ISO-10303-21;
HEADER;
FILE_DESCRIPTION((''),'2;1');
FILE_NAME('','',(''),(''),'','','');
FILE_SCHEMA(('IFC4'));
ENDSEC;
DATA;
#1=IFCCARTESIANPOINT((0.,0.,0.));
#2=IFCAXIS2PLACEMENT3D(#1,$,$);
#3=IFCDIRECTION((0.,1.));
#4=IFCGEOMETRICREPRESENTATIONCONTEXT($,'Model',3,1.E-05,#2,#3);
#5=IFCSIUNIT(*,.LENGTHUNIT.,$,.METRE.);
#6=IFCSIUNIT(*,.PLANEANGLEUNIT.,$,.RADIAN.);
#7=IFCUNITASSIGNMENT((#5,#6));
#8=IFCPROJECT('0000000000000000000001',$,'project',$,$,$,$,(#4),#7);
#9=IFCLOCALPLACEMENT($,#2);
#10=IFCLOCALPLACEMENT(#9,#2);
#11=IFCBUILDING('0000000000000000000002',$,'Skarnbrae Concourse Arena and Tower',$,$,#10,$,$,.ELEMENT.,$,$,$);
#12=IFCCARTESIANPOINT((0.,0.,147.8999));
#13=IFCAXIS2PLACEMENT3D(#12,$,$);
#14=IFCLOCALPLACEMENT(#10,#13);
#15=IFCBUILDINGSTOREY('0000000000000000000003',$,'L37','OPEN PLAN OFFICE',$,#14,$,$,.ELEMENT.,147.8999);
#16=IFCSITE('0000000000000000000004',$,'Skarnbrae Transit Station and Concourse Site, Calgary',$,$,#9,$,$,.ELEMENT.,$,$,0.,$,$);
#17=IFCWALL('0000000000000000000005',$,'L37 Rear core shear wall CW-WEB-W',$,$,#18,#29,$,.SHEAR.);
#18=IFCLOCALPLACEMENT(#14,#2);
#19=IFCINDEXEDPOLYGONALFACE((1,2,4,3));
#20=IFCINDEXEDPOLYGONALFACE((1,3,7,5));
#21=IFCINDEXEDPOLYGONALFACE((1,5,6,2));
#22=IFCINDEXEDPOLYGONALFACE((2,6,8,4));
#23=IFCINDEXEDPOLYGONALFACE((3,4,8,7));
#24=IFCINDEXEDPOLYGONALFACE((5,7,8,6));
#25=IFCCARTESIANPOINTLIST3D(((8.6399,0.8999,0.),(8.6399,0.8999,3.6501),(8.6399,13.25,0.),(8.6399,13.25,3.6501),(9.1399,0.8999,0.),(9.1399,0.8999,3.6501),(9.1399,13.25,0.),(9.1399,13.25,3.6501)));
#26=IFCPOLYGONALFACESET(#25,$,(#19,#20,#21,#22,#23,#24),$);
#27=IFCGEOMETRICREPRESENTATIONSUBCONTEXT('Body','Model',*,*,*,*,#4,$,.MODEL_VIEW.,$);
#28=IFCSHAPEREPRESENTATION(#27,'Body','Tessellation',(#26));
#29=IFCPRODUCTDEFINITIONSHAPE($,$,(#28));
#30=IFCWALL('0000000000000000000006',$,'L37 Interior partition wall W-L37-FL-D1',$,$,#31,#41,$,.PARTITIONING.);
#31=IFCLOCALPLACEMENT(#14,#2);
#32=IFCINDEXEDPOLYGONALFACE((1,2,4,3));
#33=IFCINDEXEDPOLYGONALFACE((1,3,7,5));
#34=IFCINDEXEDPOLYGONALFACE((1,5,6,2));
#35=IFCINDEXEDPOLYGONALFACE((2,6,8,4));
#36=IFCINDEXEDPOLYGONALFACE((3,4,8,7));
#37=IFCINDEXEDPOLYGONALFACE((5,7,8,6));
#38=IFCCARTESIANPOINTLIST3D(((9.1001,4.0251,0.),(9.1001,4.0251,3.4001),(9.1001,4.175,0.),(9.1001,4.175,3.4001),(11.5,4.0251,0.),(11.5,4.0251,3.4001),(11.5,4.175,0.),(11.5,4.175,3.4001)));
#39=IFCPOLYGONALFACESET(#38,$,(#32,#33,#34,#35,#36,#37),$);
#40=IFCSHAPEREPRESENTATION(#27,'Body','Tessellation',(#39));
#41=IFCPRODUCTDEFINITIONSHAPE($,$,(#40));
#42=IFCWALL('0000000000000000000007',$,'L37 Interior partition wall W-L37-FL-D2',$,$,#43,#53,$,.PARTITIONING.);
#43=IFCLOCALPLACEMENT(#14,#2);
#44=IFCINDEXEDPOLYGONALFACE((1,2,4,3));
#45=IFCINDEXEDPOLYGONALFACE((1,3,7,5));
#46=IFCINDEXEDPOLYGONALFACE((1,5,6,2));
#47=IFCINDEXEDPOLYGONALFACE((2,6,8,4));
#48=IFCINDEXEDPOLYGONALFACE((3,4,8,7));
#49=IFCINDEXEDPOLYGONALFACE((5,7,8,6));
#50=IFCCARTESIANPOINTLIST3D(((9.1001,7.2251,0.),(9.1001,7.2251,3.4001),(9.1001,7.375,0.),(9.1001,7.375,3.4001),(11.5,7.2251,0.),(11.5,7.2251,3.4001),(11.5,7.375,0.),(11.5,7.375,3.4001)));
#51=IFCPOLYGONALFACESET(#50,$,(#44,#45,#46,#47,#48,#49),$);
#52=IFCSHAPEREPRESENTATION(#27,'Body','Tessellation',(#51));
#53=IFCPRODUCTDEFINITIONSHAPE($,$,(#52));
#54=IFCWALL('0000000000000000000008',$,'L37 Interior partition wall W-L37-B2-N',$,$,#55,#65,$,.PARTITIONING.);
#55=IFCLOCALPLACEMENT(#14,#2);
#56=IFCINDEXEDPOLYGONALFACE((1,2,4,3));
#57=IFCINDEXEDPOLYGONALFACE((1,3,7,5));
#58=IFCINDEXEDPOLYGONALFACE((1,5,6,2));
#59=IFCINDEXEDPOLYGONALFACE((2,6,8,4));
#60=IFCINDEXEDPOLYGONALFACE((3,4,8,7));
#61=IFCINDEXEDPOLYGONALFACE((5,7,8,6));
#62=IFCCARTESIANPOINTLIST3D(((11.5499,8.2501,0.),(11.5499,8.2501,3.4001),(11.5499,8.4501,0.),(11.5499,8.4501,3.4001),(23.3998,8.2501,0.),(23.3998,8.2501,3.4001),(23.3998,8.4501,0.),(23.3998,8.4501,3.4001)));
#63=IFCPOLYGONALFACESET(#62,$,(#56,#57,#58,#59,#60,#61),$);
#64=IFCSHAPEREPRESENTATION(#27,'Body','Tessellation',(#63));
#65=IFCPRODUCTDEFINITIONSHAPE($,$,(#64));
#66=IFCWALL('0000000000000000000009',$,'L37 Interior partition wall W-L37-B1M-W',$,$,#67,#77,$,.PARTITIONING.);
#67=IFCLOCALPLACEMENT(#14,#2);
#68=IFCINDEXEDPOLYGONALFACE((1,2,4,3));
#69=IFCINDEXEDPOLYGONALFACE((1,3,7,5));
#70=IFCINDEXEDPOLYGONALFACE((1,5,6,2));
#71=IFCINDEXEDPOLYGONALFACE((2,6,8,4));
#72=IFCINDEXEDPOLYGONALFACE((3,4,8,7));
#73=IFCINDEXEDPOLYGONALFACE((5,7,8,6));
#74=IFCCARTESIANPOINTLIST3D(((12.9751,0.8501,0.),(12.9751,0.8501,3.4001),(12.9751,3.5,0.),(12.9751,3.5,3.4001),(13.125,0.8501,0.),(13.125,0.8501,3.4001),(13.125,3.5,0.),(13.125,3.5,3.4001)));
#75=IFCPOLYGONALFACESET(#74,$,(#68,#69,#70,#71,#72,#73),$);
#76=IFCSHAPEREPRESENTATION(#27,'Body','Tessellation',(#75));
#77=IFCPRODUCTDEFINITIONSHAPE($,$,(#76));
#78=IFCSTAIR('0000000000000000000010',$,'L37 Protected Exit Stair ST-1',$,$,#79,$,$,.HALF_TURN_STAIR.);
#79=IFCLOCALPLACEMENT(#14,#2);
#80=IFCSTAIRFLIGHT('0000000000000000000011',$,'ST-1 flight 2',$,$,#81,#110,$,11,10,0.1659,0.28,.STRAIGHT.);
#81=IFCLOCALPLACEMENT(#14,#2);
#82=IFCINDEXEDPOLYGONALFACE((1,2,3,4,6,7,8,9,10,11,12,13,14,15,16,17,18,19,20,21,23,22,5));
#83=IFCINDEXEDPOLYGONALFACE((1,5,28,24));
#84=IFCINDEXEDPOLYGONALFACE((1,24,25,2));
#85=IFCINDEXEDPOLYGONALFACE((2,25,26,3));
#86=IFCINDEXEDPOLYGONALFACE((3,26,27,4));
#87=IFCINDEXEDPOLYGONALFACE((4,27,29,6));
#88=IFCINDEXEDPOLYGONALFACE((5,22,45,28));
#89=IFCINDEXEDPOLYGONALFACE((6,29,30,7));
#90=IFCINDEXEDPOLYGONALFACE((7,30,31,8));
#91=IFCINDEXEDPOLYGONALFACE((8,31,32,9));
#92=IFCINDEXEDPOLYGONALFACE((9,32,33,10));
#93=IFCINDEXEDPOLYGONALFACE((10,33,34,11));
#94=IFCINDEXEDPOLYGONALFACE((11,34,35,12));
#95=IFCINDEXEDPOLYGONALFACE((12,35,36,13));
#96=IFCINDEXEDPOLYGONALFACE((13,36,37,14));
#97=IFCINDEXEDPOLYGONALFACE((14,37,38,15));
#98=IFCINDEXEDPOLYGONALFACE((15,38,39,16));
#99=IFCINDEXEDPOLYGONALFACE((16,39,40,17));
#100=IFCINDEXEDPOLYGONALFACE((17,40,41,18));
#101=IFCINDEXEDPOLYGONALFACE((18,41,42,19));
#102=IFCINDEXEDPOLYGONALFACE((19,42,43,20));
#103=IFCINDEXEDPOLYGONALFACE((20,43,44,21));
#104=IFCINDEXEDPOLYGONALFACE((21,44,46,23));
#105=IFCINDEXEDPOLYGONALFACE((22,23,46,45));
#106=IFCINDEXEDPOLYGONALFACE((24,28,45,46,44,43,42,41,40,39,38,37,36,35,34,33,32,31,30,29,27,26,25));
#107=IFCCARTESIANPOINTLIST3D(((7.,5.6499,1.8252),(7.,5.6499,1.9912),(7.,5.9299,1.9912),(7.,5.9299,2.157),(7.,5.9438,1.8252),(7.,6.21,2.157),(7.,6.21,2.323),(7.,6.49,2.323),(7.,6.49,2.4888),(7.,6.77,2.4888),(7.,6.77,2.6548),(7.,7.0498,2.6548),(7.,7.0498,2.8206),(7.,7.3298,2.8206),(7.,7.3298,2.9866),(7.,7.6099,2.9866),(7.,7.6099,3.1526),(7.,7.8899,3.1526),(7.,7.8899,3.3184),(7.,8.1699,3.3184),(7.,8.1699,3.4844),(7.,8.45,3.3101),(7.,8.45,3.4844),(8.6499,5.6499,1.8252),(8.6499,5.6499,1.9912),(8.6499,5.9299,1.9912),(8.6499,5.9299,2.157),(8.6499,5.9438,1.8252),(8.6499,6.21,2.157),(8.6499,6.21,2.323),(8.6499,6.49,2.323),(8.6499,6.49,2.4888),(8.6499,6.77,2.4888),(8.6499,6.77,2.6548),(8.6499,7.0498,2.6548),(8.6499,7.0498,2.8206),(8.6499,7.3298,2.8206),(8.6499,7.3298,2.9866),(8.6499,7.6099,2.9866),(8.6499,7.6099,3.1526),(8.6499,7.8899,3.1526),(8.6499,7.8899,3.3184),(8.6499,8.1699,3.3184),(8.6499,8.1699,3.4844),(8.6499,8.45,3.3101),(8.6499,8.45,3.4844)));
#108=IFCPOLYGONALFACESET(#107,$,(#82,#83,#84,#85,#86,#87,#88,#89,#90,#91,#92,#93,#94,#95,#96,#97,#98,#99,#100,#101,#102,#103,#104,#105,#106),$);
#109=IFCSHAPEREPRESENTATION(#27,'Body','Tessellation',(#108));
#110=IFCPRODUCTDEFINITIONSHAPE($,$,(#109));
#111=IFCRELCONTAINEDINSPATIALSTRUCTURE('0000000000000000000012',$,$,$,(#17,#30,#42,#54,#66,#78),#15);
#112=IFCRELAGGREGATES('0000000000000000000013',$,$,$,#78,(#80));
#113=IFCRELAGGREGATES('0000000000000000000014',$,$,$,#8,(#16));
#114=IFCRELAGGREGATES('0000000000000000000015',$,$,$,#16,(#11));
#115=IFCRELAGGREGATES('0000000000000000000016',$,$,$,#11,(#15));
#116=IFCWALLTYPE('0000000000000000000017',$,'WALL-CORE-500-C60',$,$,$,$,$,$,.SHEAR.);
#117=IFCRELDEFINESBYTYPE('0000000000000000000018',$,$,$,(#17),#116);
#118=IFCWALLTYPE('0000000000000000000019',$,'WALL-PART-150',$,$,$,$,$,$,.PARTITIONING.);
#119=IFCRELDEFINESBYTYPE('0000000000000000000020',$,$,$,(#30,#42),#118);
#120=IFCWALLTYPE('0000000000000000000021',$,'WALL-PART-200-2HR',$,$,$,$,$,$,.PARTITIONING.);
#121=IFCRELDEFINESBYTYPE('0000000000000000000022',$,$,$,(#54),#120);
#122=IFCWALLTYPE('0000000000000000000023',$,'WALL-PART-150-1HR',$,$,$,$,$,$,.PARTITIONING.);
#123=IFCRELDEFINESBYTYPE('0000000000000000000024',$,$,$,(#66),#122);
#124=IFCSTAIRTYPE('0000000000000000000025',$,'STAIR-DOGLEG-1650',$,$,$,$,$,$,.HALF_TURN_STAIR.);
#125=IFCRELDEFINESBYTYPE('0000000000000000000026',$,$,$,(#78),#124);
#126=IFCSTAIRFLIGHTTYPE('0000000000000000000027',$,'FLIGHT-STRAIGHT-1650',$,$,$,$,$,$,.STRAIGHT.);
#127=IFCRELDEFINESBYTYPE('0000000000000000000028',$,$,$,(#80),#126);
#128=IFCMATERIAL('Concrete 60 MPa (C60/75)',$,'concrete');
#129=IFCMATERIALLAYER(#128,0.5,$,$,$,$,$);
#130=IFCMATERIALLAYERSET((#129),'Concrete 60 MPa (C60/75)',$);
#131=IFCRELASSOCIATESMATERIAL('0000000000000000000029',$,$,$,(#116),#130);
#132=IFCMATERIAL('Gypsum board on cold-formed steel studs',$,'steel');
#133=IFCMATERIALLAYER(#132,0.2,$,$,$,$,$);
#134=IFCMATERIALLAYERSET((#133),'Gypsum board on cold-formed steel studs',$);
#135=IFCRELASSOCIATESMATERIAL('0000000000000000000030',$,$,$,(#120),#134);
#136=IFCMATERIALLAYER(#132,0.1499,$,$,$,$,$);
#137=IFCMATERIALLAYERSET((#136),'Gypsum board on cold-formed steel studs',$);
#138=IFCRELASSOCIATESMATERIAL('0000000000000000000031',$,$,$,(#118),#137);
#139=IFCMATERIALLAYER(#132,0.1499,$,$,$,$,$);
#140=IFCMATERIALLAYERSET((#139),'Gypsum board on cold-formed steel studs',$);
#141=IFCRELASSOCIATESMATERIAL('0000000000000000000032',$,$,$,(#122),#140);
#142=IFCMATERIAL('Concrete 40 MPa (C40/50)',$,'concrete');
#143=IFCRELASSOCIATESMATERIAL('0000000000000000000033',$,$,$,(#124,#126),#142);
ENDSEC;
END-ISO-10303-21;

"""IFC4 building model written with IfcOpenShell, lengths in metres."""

from ifc_helpers import new_model, si_unit, direction, frame, frame_2d, origin, place, context, subcontext, project, spatial, polyline, rectangle, outline, extrude, source, transform, mapped, material, layer, layer_set, type_object, element, aggregate, save


model = new_model("IFC4")

# Units and contexts
model_context = context("Model", 3, precision=1e-05, world=origin(), true_north=direction((0.0, 1.0)))
body_context = subcontext(model_context, "Body", "Model", "MODEL_VIEW")
ifc_project = project(units=[si_unit("LENGTHUNIT", "METRE"), si_unit("PLANEANGLEUNIT", "RADIAN")], contexts=[model_context])

# Site, building, storey
site_placement = place(None, origin())
site = spatial("IfcSite", under=ifc_project, at=site_placement, Name="Skarnbrae Transit Station and Concourse Site, Calgary", CompositionType="ELEMENT", RefElevation=0.0)
building_placement = place(site_placement, origin())
building = spatial("IfcBuilding", under=site, at=building_placement, Name="Skarnbrae Concourse Arena and Tower", CompositionType="ELEMENT")
storey_placement = place(building_placement, frame((0.0, 0.0, 147.8999)))
storey = spatial("IfcBuildingStorey", under=building, at=storey_placement, Name="L37", Description="OPEN PLAN OFFICE", CompositionType="ELEMENT", Elevation=147.8999)

# Wall
ifc_material_1 = material(Name="Concrete 60 MPa (C60/75)", Category="concrete")
ifc_layer_1 = layer(ifc_material_1, 0.5)
ifc_layer_set_1 = layer_set([ifc_layer_1], Name="Concrete 60 MPa (C60/75)")
wall_type_1 = type_object("IfcWallType", Name="WALL-CORE-500-C60", PredefinedType="SHEAR", material=ifc_layer_set_1)
shared_shape_1 = source(origin(), body_context, "Body", "SweptSolid", [
    extrude(rectangle(XDim=12.3501, YDim=0.5, at=frame_2d((6.175, 0.0))), origin(), (0.0, 0.0, 1.0), 3.6501),
])
wall_1_placement = place(storey_placement, frame((8.8899, 0.8999, 0.0), z_axis=(0.0, 0.0, 1.0), x_axis=(0.0, 1.0, 0.0)))
element("IfcWall", 1, at=wall_1_placement, inside=storey, type_object=wall_type_1, Name="L37 Rear core shear wall CW-WEB-W", PredefinedType="SHEAR", context=body_context, shape_type="MappedRepresentation", body=[
    mapped(shared_shape_1, transform((0.0, 0.0, 0.0))),
])

# Shared definitions
ifc_material_2 = material(Name="Gypsum board on cold-formed steel studs", Category="steel")
ifc_layer_2 = layer(ifc_material_2, 0.2)
ifc_layer_set_2 = layer_set([ifc_layer_2], Name="Gypsum board on cold-formed steel studs")
wall_type_2 = type_object("IfcWallType", Name="WALL-PART-200-2HR", PredefinedType="PARTITIONING", material=ifc_layer_set_2)

# Walls
ifc_layer_3 = layer(ifc_material_2, 0.1499)
ifc_layer_set_3 = layer_set([ifc_layer_3], Name="Gypsum board on cold-formed steel studs")
wall_type_3 = type_object("IfcWallType", Name="WALL-PART-150", PredefinedType="PARTITIONING", material=ifc_layer_set_3)
shared_shape_2 = source(origin(), body_context, "Body", "SweptSolid", [
    extrude(rectangle(XDim=2.3999, YDim=0.1499, at=frame_2d((1.2, 0.0))), origin(), (0.0, 0.0, 1.0), 3.4001),
])
for number, where, z_axis, x_axis, name in (
    (2, (9.1001, 4.1001, 0.0), (0.0, 0.0, 1.0), (1.0, 0.0, 0.0), "L37 Interior partition wall W-L37-FL-D1"),
    (3, (9.1001, 7.3, 0.0), (0.0, 0.0, 1.0), (1.0, 0.0, 0.0), "L37 Interior partition wall W-L37-FL-D2"),
):
    element("IfcWall", number, at=place(storey_placement, frame(where, z_axis=z_axis, x_axis=x_axis)), inside=storey, type_object=wall_type_3, Name=name, PredefinedType="PARTITIONING", context=body_context, shape_type="MappedRepresentation", body=[
        mapped(shared_shape_2, transform((0.0, 0.0, 0.0))),
    ])

# Shared definitions
shared_shape_3 = source(origin(), body_context, "Body", "SweptSolid", [
    extrude(rectangle(XDim=11.8499, YDim=0.2, at=frame_2d((5.9248, 0.0))), origin(), (0.0, 0.0, 1.0), 3.4001),
])

# Walls
wall_2_placement = place(storey_placement, frame((11.55, 8.3501, 0.0), z_axis=(0.0, 0.0, 1.0), x_axis=(1.0, 0.0, 0.0)))
element("IfcWall", 4, at=wall_2_placement, inside=storey, type_object=wall_type_2, Name="L37 Interior partition wall W-L37-B2-N", PredefinedType="PARTITIONING", context=body_context, shape_type="MappedRepresentation", body=[
    mapped(shared_shape_3, transform((0.0, 0.0, 0.0))),
])
ifc_layer_4 = layer(ifc_material_2, 0.1499)
ifc_layer_set_4 = layer_set([ifc_layer_4], Name="Gypsum board on cold-formed steel studs")
wall_type_4 = type_object("IfcWallType", Name="WALL-PART-150-1HR", PredefinedType="PARTITIONING", material=ifc_layer_set_4)
shared_shape_4 = source(origin(), body_context, "Body", "SweptSolid", [
    extrude(rectangle(XDim=2.6499, YDim=0.1499, at=frame_2d((1.325, 0.0))), origin(), (0.0, 0.0, 1.0), 3.4001),
])
wall_3_placement = place(storey_placement, frame((13.05, 0.8501, 0.0), z_axis=(0.0, 0.0, 1.0), x_axis=(0.0, 1.0, 0.0)))
element("IfcWall", 5, at=wall_3_placement, inside=storey, type_object=wall_type_4, Name="L37 Interior partition wall W-L37-B1M-W", PredefinedType="PARTITIONING", context=body_context, shape_type="MappedRepresentation", body=[
    mapped(shared_shape_4, transform((0.0, 0.0, 0.0))),
])

# Stair, stair flight
ifc_material_3 = material(Name="Concrete 40 MPa (C40/50)", Category="concrete")
stair_type = type_object("IfcStairType", Name="STAIR-DOGLEG-1650", PredefinedType="HALF_TURN_STAIR", material=ifc_material_3)
stair_placement = place(storey_placement, origin())
stair = element("IfcStair", 6, at=stair_placement, inside=storey, type_object=stair_type, Name="L37 Protected Exit Stair ST-1", PredefinedType="HALF_TURN_STAIR")
stair_flight_type = type_object("IfcStairFlightType", Name="FLIGHT-STRAIGHT-1650", PredefinedType="STRAIGHT", material=ifc_material_3)
shared_shape_5 = source(origin(), body_context, "Body", "SweptSolid", [
    extrude(outline(polyline([(0.0, 0.0), (0.0, 0.166), (0.28, 0.166), (0.28, 0.3318), (0.5601, 0.3318), (0.5601, 0.4978), (0.8401, 0.4978), (0.8401, 0.6636), (1.1201, 0.6636), (1.1201, 0.8296), (1.3999, 0.8296), (1.3999, 0.9954), (1.6799, 0.9954), (1.6799, 1.1614), (1.96, 1.1614), (1.96, 1.3274), (2.24, 1.3274), (2.24, 1.4932), (2.52, 1.4932), (2.52, 1.6592), (2.8, 1.6592), (2.8, 1.825), (2.8, 1.4849), (0.2939, 0.0), (0.0, 0.0)])), frame((0.0, 0.825, 0.0), z_axis=(0.0, -1.0, 0.0), x_axis=(1.0, 0.0, 0.0)), (0.0, 0.0, 1.0), 1.6499),
])
stair_flight_placement = place(storey_placement, frame((7.825, 5.6499, 1.8252), z_axis=(0.0, 0.0, 1.0), x_axis=(0.0, 1.0, 0.0)))
stair_flight = element("IfcStairFlight", 7, at=stair_flight_placement, type_object=stair_flight_type, Name="ST-1 flight 2", NumberOfRisers=11, NumberOfTreads=10, PredefinedType="STRAIGHT", RiserHeight=0.1659, TreadLength=0.28, context=body_context, shape_type="MappedRepresentation", body=[
    mapped(shared_shape_5, transform((0.0, 0.0, 0.0))),
])
aggregate(stair, [stair_flight])

save(model, "model.ifc")
